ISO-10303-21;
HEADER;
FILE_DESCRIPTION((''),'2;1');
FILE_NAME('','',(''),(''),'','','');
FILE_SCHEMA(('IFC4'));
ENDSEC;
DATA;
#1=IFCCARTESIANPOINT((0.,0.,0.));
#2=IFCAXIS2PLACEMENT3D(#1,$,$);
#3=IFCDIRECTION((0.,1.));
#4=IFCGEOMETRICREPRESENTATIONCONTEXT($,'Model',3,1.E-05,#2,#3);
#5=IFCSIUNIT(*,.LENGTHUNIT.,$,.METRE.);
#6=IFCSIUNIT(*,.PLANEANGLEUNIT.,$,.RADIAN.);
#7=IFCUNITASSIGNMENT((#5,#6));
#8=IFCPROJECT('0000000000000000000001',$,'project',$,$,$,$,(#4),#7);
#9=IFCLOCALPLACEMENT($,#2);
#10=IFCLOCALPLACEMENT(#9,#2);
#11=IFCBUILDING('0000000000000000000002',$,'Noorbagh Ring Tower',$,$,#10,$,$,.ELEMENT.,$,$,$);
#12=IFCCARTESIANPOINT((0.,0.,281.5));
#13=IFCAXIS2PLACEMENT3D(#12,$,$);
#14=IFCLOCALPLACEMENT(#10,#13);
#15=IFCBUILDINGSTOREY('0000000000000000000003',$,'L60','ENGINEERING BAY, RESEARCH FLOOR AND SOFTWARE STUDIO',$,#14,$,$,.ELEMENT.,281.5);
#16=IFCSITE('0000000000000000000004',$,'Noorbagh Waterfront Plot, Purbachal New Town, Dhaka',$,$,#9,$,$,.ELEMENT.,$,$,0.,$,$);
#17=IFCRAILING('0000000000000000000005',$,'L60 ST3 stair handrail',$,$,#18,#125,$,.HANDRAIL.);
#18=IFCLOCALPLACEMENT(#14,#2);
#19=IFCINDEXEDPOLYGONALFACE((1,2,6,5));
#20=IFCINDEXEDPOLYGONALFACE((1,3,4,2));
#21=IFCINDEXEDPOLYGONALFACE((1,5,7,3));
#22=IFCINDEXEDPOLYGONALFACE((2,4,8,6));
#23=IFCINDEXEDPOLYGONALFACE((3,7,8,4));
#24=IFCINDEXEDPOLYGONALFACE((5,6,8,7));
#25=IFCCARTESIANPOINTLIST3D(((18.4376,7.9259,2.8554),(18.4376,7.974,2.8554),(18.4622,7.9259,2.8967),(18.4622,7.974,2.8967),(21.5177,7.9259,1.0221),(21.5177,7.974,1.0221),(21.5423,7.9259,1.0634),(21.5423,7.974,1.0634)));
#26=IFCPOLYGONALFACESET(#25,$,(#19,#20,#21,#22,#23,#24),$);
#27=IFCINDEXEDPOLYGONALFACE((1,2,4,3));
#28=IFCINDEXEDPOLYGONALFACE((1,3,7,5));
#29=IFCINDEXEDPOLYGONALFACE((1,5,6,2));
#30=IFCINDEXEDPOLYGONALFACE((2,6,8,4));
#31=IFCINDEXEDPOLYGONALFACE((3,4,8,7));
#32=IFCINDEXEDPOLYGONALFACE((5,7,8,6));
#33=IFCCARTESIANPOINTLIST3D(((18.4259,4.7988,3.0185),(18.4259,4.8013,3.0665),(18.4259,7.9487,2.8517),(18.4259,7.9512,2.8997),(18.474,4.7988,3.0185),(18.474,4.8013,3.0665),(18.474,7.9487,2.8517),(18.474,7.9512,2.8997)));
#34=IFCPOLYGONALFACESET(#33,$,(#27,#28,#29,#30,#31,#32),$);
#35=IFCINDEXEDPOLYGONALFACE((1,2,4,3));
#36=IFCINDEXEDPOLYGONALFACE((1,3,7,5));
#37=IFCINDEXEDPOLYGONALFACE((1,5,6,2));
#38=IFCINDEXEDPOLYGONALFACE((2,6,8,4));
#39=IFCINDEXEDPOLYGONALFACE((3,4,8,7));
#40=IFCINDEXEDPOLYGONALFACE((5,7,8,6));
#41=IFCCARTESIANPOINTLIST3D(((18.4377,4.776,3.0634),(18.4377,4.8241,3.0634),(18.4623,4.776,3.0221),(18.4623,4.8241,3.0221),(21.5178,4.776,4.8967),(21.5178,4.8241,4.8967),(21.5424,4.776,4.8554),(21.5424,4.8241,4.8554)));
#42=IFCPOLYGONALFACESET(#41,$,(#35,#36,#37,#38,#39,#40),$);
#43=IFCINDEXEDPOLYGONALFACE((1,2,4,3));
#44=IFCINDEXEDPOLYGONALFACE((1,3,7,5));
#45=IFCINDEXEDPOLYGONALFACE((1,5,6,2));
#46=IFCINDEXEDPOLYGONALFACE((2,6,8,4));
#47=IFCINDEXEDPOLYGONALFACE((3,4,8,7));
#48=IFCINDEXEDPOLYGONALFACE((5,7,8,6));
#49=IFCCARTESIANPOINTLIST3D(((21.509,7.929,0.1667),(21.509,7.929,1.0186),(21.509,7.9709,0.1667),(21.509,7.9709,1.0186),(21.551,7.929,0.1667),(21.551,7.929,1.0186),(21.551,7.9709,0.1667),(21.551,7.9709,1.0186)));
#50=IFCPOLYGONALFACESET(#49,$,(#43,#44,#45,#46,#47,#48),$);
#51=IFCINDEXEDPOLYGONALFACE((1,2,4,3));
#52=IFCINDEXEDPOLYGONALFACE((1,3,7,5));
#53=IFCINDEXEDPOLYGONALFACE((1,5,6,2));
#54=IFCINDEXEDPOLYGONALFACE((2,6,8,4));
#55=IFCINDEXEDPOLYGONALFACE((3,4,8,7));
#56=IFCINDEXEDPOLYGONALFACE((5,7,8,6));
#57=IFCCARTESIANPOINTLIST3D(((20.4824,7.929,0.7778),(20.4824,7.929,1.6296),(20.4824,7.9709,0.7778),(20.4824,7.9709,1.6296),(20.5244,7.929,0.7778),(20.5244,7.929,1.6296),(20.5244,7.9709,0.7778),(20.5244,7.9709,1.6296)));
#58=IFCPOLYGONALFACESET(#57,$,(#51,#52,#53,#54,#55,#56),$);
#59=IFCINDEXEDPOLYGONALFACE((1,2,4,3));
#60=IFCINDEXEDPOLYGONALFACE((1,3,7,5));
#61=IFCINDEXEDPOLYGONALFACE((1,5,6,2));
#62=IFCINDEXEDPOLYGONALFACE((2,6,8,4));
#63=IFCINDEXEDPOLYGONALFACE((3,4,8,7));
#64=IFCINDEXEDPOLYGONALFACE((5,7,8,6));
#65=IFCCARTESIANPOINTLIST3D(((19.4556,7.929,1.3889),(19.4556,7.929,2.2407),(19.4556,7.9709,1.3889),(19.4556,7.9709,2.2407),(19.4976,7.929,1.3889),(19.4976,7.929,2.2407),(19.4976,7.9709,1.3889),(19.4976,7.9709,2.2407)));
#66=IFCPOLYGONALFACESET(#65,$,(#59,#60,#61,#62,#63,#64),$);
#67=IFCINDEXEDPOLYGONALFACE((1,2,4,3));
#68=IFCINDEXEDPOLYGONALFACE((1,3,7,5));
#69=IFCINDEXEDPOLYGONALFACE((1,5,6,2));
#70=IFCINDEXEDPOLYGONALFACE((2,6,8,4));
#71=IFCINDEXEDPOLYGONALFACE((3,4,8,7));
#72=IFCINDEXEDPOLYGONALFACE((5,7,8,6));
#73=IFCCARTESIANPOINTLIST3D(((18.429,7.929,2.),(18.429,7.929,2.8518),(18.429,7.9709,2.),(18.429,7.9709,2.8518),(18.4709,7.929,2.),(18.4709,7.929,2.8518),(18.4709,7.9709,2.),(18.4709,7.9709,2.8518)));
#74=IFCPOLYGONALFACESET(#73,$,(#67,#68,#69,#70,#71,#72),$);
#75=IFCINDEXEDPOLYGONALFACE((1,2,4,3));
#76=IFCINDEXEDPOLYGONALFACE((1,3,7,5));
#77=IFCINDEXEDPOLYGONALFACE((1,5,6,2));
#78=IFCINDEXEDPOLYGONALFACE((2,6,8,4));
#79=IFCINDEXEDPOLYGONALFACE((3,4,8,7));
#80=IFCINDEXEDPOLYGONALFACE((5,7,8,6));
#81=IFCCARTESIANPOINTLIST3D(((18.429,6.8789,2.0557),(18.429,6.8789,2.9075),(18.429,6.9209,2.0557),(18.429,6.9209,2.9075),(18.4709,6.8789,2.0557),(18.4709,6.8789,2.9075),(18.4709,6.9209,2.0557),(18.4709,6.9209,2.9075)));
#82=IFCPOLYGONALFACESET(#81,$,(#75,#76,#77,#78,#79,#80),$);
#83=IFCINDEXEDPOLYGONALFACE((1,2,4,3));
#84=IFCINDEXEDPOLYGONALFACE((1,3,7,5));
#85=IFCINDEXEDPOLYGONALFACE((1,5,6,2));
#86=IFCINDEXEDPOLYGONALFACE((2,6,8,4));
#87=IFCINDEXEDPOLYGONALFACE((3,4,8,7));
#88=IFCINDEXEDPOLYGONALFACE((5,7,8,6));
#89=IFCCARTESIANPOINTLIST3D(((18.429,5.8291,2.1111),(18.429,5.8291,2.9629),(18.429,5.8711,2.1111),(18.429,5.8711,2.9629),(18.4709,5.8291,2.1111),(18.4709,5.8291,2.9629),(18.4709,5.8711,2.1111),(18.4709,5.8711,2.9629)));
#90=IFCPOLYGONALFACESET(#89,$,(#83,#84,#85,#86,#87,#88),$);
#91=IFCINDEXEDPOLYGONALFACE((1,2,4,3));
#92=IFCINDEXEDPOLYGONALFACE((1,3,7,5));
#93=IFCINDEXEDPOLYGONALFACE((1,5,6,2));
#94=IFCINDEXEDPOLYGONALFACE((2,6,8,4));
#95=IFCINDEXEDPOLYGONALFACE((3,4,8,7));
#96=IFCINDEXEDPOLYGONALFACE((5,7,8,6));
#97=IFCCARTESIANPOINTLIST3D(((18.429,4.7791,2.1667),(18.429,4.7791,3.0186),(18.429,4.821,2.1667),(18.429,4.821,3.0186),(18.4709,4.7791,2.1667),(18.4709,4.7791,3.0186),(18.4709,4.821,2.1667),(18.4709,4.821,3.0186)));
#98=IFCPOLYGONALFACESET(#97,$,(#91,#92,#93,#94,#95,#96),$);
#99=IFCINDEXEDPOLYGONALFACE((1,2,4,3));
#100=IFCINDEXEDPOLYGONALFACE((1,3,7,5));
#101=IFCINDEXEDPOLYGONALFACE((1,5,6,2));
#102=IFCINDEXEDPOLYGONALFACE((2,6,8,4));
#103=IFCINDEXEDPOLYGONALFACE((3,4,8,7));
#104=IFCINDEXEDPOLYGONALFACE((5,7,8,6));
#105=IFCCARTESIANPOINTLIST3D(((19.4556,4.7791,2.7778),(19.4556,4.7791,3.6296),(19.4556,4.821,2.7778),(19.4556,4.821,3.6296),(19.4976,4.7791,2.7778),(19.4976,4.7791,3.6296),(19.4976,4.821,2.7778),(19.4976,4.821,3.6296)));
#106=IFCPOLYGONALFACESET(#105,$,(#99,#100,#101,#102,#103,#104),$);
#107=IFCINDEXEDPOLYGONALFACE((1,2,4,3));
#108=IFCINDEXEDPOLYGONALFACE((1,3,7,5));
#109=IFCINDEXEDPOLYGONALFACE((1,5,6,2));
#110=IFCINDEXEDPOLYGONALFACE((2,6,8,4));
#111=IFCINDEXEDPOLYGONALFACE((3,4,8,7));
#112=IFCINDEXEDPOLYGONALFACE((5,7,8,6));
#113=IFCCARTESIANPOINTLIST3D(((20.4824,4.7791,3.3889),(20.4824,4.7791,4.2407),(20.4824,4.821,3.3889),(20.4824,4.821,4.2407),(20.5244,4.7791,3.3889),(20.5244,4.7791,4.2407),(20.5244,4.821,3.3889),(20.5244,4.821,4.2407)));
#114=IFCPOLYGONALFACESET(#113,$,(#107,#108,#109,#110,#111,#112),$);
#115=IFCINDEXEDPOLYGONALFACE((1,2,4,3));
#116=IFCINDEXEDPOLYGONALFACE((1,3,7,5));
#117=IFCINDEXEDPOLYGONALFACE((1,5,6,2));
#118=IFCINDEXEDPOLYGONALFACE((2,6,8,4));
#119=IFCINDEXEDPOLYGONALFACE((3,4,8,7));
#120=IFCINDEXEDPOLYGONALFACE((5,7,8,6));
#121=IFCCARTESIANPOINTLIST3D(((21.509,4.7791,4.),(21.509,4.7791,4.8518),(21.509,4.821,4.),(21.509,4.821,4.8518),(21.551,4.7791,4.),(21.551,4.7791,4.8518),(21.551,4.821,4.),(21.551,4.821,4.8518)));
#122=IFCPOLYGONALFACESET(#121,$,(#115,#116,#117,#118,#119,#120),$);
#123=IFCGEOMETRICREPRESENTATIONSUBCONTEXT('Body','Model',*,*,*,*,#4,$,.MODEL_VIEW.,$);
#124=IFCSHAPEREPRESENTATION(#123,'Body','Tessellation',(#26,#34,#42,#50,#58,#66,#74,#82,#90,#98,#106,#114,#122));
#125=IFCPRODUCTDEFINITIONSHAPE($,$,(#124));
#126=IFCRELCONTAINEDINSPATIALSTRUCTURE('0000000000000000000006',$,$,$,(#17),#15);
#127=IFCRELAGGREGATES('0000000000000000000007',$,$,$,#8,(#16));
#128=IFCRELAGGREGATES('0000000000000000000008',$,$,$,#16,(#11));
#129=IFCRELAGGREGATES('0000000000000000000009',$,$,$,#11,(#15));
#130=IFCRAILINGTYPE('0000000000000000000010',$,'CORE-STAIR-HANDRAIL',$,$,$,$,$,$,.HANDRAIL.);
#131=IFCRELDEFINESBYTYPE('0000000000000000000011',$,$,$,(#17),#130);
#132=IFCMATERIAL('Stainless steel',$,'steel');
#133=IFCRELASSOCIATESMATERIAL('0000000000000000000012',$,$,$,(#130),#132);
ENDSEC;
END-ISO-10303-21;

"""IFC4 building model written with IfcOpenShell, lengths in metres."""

from ifc_helpers import new_model, si_unit, direction, frame, origin, origin_2d, place, context, subcontext, project, spatial, rectangle, extrude, material, type_object, element, save


model = new_model("IFC4")

# Units and contexts
model_context = context("Model", 3, precision=1e-05, world=origin(), true_north=direction((0.0, 1.0)))
body_context = subcontext(model_context, "Body", "Model", "MODEL_VIEW")
ifc_project = project(units=[si_unit("LENGTHUNIT", "METRE"), si_unit("PLANEANGLEUNIT", "RADIAN")], contexts=[model_context])

# Site, building, storey
site_placement = place(None, origin())
site = spatial("IfcSite", under=ifc_project, at=site_placement, Name="Noorbagh Waterfront Plot, Purbachal New Town, Dhaka", CompositionType="ELEMENT", RefElevation=0.0)
building_placement = place(site_placement, origin())
building = spatial("IfcBuilding", under=site, at=building_placement, Name="Noorbagh Ring Tower", CompositionType="ELEMENT")
storey_placement = place(building_placement, frame((0.0, 0.0, 281.5)))
storey = spatial("IfcBuildingStorey", under=building, at=storey_placement, Name="L60", Description="ENGINEERING BAY, RESEARCH FLOOR AND SOFTWARE STUDIO", CompositionType="ELEMENT", Elevation=281.5)

# Railing
ifc_material_1 = material(Name="Stainless steel", Category="steel")
railing_type_1 = type_object("IfcRailingType", Name="CORE-STAIR-HANDRAIL", PredefinedType="HANDRAIL", material=ifc_material_1)
railing_1_placement = place(storey_placement, frame((21.53, 7.95, 0.1667)))
element("IfcRailing", 1, at=railing_1_placement, inside=storey, type_object=railing_type_1, Name="L60 ST3 stair handrail", PredefinedType="HANDRAIL", context=body_context, shape_type="SweptSolid", body=[
    extrude(rectangle(XDim=0.0481, YDim=0.0481, at=origin_2d()), frame((0.0, 0.0, 0.876), z_axis=(-0.859309, 0.0, 0.511458), x_axis=(0.0, -1.0, 0.0)), (0.0, 0.0, 1.0), 3.5845),
    extrude(rectangle(XDim=0.0481, YDim=0.0481, at=origin_2d()), frame((-3.0801, 0.0, 2.709), z_axis=(0.0, -0.998602, 0.052864), x_axis=(1.0, 0.0, 0.0)), (0.0, 0.0, 1.0), 3.1543),
    extrude(rectangle(XDim=0.0481, YDim=0.0481, at=origin_2d()), frame((-3.0801, -3.1499, 2.876), z_axis=(0.859309, 0.0, 0.511458), x_axis=(0.0, 1.0, 0.0)), (0.0, 0.0, 1.0), 3.5845),
    extrude(rectangle(XDim=0.042, YDim=0.042, at=origin_2d()), origin(), (0.0, 0.0, 1.0), 0.8518),
    extrude(rectangle(XDim=0.042, YDim=0.042, at=origin_2d()), frame((-1.0266, 0.0, 0.6111)), (0.0, 0.0, 1.0), 0.8518),
    extrude(rectangle(XDim=0.042, YDim=0.042, at=origin_2d()), frame((-2.0535, 0.0, 1.2222)), (0.0, 0.0, 1.0), 0.8518),
    extrude(rectangle(XDim=0.042, YDim=0.042, at=origin_2d()), frame((-3.0801, 0.0, 1.8333)), (0.0, 0.0, 1.0), 0.8518),
    extrude(rectangle(XDim=0.042, YDim=0.042, at=origin_2d()), frame((-3.0801, -1.05, 1.8889)), (0.0, 0.0, 1.0), 0.8518),
    extrude(rectangle(XDim=0.042, YDim=0.042, at=origin_2d()), frame((-3.0801, -2.0999, 1.9443)), (0.0, 0.0, 1.0), 0.8518),
    extrude(rectangle(XDim=0.042, YDim=0.042, at=origin_2d()), frame((-3.0801, -3.1499, 2.0)), (0.0, 0.0, 1.0), 0.8518),
    extrude(rectangle(XDim=0.042, YDim=0.042, at=origin_2d()), frame((-2.0535, -3.1499, 2.6111)), (0.0, 0.0, 1.0), 0.8518),
    extrude(rectangle(XDim=0.042, YDim=0.042, at=origin_2d()), frame((-1.0266, -3.1499, 3.2222)), (0.0, 0.0, 1.0), 0.8518),
    extrude(rectangle(XDim=0.042, YDim=0.042, at=origin_2d()), frame((0.0, -3.1499, 3.8333)), (0.0, 0.0, 1.0), 0.8518),
])

save(model, "model.ifc")
